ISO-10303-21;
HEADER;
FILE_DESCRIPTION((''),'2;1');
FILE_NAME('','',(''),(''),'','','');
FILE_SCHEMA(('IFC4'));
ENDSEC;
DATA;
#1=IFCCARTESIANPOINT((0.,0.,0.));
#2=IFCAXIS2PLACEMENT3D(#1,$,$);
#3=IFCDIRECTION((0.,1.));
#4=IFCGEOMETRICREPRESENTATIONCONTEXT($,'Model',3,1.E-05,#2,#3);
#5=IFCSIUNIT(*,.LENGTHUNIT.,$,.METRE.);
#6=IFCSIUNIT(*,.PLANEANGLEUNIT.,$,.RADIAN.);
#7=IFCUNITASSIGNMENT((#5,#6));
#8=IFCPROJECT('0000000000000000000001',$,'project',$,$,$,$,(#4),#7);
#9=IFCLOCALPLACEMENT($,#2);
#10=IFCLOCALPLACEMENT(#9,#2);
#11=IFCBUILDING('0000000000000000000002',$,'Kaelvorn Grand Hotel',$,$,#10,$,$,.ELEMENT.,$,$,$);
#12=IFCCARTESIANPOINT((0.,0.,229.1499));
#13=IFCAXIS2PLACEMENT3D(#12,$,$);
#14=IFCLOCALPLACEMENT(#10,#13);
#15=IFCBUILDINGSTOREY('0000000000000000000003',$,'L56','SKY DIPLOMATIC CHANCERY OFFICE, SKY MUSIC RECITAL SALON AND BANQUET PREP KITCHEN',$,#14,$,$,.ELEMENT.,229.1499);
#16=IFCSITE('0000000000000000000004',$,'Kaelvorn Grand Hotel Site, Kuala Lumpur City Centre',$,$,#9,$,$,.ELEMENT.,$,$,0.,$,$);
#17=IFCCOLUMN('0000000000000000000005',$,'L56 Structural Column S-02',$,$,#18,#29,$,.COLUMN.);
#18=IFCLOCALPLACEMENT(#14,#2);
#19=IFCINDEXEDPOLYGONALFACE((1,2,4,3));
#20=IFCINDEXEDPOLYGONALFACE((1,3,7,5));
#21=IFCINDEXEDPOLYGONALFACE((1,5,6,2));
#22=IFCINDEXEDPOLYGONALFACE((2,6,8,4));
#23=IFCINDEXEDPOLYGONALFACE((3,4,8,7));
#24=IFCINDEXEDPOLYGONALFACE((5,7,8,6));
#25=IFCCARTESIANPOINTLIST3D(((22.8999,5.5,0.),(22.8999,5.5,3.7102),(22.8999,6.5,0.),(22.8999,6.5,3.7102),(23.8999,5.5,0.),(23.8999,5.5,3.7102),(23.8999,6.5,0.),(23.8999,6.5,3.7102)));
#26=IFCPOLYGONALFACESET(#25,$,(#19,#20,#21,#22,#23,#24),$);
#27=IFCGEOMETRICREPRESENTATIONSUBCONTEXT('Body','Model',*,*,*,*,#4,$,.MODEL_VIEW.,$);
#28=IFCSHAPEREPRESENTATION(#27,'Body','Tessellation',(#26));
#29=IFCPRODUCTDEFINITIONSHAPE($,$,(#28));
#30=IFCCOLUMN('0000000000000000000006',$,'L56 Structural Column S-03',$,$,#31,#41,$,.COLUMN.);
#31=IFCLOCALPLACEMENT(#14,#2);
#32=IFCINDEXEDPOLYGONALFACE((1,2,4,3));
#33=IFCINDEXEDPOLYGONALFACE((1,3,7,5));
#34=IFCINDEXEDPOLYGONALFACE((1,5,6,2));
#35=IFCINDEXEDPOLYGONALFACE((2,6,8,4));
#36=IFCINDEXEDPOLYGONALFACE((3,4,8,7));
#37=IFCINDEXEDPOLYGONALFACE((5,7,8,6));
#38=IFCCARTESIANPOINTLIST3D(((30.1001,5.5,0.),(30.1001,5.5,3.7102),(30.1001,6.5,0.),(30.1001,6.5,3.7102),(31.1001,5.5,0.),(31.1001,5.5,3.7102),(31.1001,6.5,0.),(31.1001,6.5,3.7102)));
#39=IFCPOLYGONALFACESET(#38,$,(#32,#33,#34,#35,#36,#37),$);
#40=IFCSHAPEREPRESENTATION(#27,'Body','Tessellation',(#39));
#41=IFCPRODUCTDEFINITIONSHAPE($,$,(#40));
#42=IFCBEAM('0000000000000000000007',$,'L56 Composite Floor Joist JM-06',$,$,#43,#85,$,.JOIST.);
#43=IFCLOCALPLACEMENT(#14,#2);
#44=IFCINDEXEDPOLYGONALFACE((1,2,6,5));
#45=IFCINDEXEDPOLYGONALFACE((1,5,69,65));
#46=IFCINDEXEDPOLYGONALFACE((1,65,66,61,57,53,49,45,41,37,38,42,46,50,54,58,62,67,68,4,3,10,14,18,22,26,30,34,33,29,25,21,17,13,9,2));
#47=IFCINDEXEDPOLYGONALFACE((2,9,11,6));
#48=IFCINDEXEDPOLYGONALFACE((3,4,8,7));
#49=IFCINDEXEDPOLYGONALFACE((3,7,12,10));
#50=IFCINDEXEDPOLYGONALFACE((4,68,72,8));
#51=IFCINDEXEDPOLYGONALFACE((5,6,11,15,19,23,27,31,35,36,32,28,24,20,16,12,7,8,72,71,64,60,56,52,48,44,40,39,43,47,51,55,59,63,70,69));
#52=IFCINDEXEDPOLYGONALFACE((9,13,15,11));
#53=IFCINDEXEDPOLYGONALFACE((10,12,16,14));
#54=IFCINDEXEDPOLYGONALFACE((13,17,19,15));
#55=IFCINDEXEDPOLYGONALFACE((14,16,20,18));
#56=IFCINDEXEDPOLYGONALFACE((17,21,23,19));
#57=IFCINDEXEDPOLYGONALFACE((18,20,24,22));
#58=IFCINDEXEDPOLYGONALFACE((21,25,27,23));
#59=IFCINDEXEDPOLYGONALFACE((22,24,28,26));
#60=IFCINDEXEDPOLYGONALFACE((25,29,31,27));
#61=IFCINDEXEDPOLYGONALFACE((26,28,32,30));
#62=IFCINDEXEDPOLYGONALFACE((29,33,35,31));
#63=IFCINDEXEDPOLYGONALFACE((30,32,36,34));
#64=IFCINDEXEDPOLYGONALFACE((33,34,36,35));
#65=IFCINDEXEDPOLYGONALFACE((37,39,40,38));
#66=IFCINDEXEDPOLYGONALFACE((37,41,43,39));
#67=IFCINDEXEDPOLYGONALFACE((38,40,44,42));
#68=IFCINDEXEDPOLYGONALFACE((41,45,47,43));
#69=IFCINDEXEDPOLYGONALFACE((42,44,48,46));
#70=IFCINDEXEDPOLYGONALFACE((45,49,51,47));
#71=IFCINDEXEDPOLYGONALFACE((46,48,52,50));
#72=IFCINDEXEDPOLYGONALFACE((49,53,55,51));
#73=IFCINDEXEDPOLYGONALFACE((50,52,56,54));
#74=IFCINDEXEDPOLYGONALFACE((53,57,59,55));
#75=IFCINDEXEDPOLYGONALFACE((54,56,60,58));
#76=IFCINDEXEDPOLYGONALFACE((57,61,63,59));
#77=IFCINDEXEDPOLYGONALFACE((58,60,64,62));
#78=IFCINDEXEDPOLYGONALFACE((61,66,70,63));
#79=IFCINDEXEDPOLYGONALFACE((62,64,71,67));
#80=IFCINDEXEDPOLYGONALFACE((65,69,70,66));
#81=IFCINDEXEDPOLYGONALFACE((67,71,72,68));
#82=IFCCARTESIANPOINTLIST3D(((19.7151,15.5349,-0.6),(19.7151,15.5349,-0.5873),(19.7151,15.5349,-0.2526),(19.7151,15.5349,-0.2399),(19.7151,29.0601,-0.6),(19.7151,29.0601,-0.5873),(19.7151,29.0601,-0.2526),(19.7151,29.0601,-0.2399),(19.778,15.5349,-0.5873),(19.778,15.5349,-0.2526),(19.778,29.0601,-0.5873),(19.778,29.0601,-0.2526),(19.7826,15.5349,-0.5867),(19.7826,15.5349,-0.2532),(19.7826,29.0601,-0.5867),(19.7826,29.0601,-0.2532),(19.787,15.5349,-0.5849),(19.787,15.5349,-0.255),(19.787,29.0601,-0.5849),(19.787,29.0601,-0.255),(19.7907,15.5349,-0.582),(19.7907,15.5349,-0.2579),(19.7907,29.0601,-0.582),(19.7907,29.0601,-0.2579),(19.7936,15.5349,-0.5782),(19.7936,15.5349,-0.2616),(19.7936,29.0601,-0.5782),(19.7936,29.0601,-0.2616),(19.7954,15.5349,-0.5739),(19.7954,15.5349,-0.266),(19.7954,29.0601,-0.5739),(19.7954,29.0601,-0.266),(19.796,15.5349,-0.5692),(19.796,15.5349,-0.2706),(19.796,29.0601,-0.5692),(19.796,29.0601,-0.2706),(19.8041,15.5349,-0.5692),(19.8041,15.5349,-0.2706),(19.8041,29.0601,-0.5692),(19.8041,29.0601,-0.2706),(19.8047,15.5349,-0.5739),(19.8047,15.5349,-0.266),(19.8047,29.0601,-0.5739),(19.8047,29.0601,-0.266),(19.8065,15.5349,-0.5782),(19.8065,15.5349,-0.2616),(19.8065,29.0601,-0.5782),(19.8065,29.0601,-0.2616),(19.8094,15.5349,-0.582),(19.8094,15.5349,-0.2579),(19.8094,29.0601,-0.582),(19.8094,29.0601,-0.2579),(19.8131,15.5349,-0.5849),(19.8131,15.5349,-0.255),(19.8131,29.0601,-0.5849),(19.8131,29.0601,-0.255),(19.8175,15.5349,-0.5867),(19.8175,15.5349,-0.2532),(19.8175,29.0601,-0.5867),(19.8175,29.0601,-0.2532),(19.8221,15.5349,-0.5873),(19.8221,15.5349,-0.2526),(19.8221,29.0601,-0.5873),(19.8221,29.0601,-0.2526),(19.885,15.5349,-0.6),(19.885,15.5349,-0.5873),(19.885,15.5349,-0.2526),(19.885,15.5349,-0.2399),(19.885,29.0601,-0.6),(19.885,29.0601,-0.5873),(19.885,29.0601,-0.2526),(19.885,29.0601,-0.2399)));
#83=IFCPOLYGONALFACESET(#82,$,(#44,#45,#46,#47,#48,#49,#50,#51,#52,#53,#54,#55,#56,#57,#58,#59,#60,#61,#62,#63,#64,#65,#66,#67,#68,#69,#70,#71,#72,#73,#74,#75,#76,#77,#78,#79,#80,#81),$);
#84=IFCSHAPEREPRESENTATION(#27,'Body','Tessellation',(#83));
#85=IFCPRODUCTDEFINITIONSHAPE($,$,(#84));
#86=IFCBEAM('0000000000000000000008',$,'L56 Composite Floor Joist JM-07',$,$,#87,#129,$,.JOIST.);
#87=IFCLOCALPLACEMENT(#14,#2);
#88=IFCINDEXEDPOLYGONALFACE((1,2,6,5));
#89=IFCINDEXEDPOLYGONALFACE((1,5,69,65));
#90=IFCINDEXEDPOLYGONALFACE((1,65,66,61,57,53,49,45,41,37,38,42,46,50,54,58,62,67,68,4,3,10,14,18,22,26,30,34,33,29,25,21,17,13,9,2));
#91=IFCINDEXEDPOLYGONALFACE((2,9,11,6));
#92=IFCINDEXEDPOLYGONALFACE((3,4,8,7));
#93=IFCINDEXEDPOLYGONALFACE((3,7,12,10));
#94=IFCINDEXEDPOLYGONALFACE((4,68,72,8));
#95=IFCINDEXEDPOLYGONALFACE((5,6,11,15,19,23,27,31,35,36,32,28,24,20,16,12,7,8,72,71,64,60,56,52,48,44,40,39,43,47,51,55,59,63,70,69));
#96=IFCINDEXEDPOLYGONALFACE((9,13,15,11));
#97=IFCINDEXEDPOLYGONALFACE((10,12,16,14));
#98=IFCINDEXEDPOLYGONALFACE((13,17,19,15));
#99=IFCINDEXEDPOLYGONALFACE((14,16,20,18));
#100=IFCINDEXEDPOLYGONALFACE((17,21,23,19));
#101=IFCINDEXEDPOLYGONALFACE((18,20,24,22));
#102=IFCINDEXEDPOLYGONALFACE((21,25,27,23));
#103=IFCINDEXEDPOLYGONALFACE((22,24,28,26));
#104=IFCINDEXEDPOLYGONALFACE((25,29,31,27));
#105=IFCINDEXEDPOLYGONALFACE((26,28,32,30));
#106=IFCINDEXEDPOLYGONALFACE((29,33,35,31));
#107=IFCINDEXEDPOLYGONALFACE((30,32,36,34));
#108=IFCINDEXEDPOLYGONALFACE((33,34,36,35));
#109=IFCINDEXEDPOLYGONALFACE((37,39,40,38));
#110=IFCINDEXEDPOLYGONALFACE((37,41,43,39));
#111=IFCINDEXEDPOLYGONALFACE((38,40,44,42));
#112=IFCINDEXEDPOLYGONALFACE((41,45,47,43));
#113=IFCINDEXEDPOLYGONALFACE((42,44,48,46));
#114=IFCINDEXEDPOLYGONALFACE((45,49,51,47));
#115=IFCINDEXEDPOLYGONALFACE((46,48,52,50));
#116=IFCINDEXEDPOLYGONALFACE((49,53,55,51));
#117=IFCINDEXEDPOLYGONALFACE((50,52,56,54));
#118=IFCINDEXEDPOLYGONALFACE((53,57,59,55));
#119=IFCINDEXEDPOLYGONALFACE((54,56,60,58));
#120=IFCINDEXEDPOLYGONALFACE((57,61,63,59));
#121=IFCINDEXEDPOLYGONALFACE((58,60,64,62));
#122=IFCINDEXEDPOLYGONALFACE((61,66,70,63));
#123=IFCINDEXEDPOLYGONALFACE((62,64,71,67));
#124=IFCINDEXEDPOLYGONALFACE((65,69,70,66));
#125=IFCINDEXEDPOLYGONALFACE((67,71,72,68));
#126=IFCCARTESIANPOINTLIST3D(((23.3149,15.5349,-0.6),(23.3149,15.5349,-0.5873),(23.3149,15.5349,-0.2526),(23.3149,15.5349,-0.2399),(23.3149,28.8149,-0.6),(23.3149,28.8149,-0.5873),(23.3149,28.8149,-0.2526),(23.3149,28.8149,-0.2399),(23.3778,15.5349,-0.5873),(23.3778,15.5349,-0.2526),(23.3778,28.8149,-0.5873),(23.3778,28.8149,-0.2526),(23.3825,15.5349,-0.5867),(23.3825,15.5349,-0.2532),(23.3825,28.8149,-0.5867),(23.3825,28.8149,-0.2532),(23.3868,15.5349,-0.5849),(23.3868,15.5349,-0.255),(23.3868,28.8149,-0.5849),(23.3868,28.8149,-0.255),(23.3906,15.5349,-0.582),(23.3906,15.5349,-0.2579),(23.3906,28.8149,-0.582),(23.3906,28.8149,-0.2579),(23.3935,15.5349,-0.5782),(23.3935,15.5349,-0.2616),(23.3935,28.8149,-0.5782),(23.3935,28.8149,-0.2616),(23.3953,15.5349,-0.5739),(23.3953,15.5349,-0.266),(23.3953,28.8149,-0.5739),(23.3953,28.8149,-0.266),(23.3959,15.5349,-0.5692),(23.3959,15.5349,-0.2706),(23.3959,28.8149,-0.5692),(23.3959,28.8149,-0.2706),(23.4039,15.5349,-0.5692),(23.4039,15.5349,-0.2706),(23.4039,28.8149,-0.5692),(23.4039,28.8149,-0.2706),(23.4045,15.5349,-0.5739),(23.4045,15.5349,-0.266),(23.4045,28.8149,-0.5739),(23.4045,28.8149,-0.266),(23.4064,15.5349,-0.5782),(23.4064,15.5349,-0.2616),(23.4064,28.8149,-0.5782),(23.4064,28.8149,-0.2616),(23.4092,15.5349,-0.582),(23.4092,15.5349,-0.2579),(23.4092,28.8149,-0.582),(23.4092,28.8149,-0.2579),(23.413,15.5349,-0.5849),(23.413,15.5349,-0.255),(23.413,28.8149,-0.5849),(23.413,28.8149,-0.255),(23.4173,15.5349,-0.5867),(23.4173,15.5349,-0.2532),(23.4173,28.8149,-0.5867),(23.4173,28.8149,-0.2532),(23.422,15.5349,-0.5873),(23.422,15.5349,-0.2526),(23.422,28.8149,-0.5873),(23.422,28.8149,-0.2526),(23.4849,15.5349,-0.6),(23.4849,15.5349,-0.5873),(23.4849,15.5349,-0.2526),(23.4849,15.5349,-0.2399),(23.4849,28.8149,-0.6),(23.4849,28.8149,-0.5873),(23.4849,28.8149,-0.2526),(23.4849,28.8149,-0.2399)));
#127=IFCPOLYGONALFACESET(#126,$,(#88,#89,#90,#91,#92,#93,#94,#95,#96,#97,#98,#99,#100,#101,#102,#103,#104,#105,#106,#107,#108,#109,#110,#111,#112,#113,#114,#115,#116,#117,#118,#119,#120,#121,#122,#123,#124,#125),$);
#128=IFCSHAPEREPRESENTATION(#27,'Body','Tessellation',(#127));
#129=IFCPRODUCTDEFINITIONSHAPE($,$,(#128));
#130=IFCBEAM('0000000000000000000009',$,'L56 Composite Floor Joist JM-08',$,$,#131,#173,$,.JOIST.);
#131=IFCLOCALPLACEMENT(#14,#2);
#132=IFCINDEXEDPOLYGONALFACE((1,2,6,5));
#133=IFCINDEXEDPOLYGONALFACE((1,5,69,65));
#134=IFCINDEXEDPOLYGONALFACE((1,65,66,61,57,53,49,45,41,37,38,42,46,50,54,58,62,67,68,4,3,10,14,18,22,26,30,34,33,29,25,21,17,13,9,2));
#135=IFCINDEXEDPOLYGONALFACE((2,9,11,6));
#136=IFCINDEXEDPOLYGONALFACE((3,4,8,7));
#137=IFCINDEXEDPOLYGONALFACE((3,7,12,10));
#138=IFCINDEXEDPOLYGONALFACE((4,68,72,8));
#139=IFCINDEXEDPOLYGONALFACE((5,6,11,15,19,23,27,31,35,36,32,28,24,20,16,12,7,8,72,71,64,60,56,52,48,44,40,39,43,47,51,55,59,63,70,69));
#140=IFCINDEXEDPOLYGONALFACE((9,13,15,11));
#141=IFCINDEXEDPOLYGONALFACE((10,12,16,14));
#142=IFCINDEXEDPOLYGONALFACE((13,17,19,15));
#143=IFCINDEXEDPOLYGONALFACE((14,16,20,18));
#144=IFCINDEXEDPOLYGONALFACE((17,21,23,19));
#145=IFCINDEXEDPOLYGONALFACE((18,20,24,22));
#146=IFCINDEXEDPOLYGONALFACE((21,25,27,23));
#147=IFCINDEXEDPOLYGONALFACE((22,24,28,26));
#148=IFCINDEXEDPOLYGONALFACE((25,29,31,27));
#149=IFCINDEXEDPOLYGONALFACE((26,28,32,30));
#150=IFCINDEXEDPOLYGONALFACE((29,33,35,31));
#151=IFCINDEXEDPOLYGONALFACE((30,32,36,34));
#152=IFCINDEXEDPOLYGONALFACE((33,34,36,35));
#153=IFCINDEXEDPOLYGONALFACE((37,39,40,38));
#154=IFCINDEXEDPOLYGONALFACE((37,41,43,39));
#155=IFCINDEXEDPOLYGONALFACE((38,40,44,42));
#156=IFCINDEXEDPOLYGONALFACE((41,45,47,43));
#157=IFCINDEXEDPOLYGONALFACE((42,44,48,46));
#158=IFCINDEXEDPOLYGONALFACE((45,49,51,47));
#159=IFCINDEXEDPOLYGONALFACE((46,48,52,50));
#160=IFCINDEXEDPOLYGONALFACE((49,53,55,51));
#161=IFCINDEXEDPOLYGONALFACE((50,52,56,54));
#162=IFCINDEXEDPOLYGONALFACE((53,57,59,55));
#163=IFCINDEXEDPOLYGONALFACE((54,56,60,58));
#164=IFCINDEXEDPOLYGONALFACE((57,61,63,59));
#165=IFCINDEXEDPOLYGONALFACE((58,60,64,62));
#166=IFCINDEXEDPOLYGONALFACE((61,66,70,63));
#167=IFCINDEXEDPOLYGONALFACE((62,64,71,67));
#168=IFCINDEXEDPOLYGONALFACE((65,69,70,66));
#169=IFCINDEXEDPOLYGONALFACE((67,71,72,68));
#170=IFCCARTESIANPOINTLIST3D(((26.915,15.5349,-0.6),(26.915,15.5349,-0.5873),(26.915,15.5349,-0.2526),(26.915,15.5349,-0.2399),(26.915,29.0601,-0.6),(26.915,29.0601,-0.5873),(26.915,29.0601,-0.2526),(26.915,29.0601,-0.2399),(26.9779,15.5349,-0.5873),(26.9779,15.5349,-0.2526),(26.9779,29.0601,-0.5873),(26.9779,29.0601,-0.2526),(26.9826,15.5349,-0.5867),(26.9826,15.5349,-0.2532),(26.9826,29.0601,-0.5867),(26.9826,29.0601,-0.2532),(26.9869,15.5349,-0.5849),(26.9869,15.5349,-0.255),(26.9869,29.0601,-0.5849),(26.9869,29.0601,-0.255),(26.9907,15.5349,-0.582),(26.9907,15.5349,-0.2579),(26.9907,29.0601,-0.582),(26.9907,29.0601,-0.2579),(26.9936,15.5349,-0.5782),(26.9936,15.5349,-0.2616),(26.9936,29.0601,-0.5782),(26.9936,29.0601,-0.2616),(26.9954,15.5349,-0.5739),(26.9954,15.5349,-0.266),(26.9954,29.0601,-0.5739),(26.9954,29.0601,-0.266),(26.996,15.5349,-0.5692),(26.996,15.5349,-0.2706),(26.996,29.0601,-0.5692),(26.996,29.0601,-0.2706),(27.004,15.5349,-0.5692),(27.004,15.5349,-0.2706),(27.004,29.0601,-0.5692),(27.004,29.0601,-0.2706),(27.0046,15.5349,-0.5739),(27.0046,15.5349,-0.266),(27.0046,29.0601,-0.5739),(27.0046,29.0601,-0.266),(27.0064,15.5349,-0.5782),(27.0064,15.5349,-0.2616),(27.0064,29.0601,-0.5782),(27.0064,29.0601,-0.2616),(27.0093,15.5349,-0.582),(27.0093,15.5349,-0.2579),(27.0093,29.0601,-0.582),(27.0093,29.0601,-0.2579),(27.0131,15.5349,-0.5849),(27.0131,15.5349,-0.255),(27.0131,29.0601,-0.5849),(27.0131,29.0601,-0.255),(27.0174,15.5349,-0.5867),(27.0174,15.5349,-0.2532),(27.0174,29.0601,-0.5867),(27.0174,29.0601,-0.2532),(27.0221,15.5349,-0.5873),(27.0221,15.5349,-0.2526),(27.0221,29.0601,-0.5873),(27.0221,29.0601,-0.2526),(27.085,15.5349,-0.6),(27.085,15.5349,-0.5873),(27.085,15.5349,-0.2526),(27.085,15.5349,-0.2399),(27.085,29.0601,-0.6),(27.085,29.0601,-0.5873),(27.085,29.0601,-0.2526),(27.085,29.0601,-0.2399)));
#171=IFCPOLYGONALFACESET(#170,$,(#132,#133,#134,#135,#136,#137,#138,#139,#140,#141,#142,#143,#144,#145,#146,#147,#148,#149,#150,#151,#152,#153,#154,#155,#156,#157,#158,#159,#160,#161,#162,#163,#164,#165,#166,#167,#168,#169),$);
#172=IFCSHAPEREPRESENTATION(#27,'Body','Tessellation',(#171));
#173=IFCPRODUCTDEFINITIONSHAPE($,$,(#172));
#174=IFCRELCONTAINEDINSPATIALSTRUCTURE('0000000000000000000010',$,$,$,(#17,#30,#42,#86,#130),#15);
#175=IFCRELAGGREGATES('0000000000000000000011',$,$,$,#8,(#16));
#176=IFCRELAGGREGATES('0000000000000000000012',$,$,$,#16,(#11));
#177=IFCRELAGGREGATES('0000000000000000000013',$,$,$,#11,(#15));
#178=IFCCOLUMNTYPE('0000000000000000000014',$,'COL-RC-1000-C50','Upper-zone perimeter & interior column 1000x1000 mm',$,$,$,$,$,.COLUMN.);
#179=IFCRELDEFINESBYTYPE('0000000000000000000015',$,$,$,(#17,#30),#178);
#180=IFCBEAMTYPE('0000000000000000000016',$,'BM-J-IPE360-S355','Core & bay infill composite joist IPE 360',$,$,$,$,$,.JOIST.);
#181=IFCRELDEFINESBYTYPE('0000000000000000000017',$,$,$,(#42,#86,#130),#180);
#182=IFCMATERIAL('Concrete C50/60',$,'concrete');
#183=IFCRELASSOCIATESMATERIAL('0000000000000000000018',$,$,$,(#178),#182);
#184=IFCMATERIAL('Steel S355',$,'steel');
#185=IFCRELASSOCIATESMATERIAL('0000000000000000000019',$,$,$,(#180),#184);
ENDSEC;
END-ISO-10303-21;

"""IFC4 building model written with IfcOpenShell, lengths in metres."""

from ifc_helpers import new_model, si_unit, direction, frame, origin, origin_2d, place, context, subcontext, project, spatial, rectangle, i_section, extrude, material, material_profile, profile_set, type_object, element, save


model = new_model("IFC4")

# Units and contexts
model_context = context("Model", 3, precision=1e-05, world=origin(), true_north=direction((0.0, 1.0)))
body_context = subcontext(model_context, "Body", "Model", "MODEL_VIEW")
ifc_project = project(units=[si_unit("LENGTHUNIT", "METRE"), si_unit("PLANEANGLEUNIT", "RADIAN")], contexts=[model_context])

# Site, building, storey
site_placement = place(None, origin())
site = spatial("IfcSite", under=ifc_project, at=site_placement, Name="Kaelvorn Grand Hotel Site, Kuala Lumpur City Centre", CompositionType="ELEMENT", RefElevation=0.0)
building_placement = place(site_placement, origin())
building = spatial("IfcBuilding", under=site, at=building_placement, Name="Kaelvorn Grand Hotel", CompositionType="ELEMENT")
storey_placement = place(building_placement, frame((0.0, 0.0, 229.1499)))
storey = spatial("IfcBuildingStorey", under=building, at=storey_placement, Name="L56", Description="SKY DIPLOMATIC CHANCERY OFFICE, SKY MUSIC RECITAL SALON AND BANQUET PREP KITCHEN", CompositionType="ELEMENT", Elevation=229.1499)

# Columns
ifc_material_1 = material(Name="Concrete C50/60", Category="concrete")
ifc_material_profile_1 = material_profile(ifc_material_1, rectangle(XDim=1.0, YDim=1.0, at=origin_2d()), Name="RC COL 1000x1000")
ifc_profile_set_1 = profile_set([ifc_material_profile_1], Name="Concrete C50/60")
column_type = type_object("IfcColumnType", Name="COL-RC-1000-C50", Description="Upper-zone perimeter & interior column 1000x1000 mm", PredefinedType="COLUMN", material=ifc_profile_set_1)
for number, where, z_axis, x_axis, name in (
    (1, (23.3999, 6.0, 0.0), (0.0, 0.0, 1.0), (1.0, 0.0, 0.0), "L56 Structural Column S-02"),
    (2, (30.6001, 6.0, 0.0), (0.0, 0.0, 1.0), (1.0, 0.0, 0.0), "L56 Structural Column S-03"),
):
    element("IfcColumn", number, at=place(storey_placement, frame(where, z_axis=z_axis, x_axis=x_axis)), inside=storey, type_object=column_type, Name=name, PredefinedType="COLUMN", context=body_context, shape_type="SweptSolid", body=[
        extrude(rectangle(XDim=1.0, YDim=1.0, at=origin_2d()), origin(), (0.0, 0.0, 1.0), 3.7102),
    ])

# Beams
ifc_material_2 = material(Name="Steel S355", Category="steel")
ifc_material_profile_2 = material_profile(ifc_material_2, i_section(OverallWidth=0.1699, OverallDepth=0.3601, WebThickness=0.0081, FlangeThickness=0.0127, FilletRadius=0.0181, at=origin_2d()), Name="IPE 360")
ifc_profile_set_2 = profile_set([ifc_material_profile_2], Name="Steel S355")
beam_type_1 = type_object("IfcBeamType", Name="BM-J-IPE360-S355", Description="Core & bay infill composite joist IPE 360", PredefinedType="JOIST", material=ifc_profile_set_2)
beam_1_placement = place(storey_placement, frame((19.8, 15.5349, -0.4199), z_axis=(0.0, 1.0, 0.0), x_axis=(-1.0, 0.0, 0.0)))
element("IfcBeam", 3, at=beam_1_placement, inside=storey, type_object=beam_type_1, Name="L56 Composite Floor Joist JM-06", PredefinedType="JOIST", context=body_context, shape_type="SweptSolid", body=[
    extrude(i_section(OverallWidth=0.1699, OverallDepth=0.3601, WebThickness=0.0081, FlangeThickness=0.0127, FilletRadius=0.0181, at=origin_2d()), origin(), (0.0, 0.0, 1.0), 13.5251),
])
beam_2_placement = place(storey_placement, frame((23.3999, 15.5349, -0.4199), z_axis=(0.0, 1.0, 0.0), x_axis=(-1.0, 0.0, 0.0)))
element("IfcBeam", 4, at=beam_2_placement, inside=storey, type_object=beam_type_1, Name="L56 Composite Floor Joist JM-07", PredefinedType="JOIST", context=body_context, shape_type="SweptSolid", body=[
    extrude(i_section(OverallWidth=0.1699, OverallDepth=0.3601, WebThickness=0.0081, FlangeThickness=0.0127, FilletRadius=0.0181, at=origin_2d()), origin(), (0.0, 0.0, 1.0), 13.28),
])
beam_3_placement = place(storey_placement, frame((27.0, 15.5349, -0.4199), z_axis=(0.0, 1.0, 0.0), x_axis=(-1.0, 0.0, 0.0)))
element("IfcBeam", 5, at=beam_3_placement, inside=storey, type_object=beam_type_1, Name="L56 Composite Floor Joist JM-08", PredefinedType="JOIST", context=body_context, shape_type="SweptSolid", body=[
    extrude(i_section(OverallWidth=0.1699, OverallDepth=0.3601, WebThickness=0.0081, FlangeThickness=0.0127, FilletRadius=0.0181, at=origin_2d()), origin(), (0.0, 0.0, 1.0), 13.5251),
])

save(model, "model.ifc")
